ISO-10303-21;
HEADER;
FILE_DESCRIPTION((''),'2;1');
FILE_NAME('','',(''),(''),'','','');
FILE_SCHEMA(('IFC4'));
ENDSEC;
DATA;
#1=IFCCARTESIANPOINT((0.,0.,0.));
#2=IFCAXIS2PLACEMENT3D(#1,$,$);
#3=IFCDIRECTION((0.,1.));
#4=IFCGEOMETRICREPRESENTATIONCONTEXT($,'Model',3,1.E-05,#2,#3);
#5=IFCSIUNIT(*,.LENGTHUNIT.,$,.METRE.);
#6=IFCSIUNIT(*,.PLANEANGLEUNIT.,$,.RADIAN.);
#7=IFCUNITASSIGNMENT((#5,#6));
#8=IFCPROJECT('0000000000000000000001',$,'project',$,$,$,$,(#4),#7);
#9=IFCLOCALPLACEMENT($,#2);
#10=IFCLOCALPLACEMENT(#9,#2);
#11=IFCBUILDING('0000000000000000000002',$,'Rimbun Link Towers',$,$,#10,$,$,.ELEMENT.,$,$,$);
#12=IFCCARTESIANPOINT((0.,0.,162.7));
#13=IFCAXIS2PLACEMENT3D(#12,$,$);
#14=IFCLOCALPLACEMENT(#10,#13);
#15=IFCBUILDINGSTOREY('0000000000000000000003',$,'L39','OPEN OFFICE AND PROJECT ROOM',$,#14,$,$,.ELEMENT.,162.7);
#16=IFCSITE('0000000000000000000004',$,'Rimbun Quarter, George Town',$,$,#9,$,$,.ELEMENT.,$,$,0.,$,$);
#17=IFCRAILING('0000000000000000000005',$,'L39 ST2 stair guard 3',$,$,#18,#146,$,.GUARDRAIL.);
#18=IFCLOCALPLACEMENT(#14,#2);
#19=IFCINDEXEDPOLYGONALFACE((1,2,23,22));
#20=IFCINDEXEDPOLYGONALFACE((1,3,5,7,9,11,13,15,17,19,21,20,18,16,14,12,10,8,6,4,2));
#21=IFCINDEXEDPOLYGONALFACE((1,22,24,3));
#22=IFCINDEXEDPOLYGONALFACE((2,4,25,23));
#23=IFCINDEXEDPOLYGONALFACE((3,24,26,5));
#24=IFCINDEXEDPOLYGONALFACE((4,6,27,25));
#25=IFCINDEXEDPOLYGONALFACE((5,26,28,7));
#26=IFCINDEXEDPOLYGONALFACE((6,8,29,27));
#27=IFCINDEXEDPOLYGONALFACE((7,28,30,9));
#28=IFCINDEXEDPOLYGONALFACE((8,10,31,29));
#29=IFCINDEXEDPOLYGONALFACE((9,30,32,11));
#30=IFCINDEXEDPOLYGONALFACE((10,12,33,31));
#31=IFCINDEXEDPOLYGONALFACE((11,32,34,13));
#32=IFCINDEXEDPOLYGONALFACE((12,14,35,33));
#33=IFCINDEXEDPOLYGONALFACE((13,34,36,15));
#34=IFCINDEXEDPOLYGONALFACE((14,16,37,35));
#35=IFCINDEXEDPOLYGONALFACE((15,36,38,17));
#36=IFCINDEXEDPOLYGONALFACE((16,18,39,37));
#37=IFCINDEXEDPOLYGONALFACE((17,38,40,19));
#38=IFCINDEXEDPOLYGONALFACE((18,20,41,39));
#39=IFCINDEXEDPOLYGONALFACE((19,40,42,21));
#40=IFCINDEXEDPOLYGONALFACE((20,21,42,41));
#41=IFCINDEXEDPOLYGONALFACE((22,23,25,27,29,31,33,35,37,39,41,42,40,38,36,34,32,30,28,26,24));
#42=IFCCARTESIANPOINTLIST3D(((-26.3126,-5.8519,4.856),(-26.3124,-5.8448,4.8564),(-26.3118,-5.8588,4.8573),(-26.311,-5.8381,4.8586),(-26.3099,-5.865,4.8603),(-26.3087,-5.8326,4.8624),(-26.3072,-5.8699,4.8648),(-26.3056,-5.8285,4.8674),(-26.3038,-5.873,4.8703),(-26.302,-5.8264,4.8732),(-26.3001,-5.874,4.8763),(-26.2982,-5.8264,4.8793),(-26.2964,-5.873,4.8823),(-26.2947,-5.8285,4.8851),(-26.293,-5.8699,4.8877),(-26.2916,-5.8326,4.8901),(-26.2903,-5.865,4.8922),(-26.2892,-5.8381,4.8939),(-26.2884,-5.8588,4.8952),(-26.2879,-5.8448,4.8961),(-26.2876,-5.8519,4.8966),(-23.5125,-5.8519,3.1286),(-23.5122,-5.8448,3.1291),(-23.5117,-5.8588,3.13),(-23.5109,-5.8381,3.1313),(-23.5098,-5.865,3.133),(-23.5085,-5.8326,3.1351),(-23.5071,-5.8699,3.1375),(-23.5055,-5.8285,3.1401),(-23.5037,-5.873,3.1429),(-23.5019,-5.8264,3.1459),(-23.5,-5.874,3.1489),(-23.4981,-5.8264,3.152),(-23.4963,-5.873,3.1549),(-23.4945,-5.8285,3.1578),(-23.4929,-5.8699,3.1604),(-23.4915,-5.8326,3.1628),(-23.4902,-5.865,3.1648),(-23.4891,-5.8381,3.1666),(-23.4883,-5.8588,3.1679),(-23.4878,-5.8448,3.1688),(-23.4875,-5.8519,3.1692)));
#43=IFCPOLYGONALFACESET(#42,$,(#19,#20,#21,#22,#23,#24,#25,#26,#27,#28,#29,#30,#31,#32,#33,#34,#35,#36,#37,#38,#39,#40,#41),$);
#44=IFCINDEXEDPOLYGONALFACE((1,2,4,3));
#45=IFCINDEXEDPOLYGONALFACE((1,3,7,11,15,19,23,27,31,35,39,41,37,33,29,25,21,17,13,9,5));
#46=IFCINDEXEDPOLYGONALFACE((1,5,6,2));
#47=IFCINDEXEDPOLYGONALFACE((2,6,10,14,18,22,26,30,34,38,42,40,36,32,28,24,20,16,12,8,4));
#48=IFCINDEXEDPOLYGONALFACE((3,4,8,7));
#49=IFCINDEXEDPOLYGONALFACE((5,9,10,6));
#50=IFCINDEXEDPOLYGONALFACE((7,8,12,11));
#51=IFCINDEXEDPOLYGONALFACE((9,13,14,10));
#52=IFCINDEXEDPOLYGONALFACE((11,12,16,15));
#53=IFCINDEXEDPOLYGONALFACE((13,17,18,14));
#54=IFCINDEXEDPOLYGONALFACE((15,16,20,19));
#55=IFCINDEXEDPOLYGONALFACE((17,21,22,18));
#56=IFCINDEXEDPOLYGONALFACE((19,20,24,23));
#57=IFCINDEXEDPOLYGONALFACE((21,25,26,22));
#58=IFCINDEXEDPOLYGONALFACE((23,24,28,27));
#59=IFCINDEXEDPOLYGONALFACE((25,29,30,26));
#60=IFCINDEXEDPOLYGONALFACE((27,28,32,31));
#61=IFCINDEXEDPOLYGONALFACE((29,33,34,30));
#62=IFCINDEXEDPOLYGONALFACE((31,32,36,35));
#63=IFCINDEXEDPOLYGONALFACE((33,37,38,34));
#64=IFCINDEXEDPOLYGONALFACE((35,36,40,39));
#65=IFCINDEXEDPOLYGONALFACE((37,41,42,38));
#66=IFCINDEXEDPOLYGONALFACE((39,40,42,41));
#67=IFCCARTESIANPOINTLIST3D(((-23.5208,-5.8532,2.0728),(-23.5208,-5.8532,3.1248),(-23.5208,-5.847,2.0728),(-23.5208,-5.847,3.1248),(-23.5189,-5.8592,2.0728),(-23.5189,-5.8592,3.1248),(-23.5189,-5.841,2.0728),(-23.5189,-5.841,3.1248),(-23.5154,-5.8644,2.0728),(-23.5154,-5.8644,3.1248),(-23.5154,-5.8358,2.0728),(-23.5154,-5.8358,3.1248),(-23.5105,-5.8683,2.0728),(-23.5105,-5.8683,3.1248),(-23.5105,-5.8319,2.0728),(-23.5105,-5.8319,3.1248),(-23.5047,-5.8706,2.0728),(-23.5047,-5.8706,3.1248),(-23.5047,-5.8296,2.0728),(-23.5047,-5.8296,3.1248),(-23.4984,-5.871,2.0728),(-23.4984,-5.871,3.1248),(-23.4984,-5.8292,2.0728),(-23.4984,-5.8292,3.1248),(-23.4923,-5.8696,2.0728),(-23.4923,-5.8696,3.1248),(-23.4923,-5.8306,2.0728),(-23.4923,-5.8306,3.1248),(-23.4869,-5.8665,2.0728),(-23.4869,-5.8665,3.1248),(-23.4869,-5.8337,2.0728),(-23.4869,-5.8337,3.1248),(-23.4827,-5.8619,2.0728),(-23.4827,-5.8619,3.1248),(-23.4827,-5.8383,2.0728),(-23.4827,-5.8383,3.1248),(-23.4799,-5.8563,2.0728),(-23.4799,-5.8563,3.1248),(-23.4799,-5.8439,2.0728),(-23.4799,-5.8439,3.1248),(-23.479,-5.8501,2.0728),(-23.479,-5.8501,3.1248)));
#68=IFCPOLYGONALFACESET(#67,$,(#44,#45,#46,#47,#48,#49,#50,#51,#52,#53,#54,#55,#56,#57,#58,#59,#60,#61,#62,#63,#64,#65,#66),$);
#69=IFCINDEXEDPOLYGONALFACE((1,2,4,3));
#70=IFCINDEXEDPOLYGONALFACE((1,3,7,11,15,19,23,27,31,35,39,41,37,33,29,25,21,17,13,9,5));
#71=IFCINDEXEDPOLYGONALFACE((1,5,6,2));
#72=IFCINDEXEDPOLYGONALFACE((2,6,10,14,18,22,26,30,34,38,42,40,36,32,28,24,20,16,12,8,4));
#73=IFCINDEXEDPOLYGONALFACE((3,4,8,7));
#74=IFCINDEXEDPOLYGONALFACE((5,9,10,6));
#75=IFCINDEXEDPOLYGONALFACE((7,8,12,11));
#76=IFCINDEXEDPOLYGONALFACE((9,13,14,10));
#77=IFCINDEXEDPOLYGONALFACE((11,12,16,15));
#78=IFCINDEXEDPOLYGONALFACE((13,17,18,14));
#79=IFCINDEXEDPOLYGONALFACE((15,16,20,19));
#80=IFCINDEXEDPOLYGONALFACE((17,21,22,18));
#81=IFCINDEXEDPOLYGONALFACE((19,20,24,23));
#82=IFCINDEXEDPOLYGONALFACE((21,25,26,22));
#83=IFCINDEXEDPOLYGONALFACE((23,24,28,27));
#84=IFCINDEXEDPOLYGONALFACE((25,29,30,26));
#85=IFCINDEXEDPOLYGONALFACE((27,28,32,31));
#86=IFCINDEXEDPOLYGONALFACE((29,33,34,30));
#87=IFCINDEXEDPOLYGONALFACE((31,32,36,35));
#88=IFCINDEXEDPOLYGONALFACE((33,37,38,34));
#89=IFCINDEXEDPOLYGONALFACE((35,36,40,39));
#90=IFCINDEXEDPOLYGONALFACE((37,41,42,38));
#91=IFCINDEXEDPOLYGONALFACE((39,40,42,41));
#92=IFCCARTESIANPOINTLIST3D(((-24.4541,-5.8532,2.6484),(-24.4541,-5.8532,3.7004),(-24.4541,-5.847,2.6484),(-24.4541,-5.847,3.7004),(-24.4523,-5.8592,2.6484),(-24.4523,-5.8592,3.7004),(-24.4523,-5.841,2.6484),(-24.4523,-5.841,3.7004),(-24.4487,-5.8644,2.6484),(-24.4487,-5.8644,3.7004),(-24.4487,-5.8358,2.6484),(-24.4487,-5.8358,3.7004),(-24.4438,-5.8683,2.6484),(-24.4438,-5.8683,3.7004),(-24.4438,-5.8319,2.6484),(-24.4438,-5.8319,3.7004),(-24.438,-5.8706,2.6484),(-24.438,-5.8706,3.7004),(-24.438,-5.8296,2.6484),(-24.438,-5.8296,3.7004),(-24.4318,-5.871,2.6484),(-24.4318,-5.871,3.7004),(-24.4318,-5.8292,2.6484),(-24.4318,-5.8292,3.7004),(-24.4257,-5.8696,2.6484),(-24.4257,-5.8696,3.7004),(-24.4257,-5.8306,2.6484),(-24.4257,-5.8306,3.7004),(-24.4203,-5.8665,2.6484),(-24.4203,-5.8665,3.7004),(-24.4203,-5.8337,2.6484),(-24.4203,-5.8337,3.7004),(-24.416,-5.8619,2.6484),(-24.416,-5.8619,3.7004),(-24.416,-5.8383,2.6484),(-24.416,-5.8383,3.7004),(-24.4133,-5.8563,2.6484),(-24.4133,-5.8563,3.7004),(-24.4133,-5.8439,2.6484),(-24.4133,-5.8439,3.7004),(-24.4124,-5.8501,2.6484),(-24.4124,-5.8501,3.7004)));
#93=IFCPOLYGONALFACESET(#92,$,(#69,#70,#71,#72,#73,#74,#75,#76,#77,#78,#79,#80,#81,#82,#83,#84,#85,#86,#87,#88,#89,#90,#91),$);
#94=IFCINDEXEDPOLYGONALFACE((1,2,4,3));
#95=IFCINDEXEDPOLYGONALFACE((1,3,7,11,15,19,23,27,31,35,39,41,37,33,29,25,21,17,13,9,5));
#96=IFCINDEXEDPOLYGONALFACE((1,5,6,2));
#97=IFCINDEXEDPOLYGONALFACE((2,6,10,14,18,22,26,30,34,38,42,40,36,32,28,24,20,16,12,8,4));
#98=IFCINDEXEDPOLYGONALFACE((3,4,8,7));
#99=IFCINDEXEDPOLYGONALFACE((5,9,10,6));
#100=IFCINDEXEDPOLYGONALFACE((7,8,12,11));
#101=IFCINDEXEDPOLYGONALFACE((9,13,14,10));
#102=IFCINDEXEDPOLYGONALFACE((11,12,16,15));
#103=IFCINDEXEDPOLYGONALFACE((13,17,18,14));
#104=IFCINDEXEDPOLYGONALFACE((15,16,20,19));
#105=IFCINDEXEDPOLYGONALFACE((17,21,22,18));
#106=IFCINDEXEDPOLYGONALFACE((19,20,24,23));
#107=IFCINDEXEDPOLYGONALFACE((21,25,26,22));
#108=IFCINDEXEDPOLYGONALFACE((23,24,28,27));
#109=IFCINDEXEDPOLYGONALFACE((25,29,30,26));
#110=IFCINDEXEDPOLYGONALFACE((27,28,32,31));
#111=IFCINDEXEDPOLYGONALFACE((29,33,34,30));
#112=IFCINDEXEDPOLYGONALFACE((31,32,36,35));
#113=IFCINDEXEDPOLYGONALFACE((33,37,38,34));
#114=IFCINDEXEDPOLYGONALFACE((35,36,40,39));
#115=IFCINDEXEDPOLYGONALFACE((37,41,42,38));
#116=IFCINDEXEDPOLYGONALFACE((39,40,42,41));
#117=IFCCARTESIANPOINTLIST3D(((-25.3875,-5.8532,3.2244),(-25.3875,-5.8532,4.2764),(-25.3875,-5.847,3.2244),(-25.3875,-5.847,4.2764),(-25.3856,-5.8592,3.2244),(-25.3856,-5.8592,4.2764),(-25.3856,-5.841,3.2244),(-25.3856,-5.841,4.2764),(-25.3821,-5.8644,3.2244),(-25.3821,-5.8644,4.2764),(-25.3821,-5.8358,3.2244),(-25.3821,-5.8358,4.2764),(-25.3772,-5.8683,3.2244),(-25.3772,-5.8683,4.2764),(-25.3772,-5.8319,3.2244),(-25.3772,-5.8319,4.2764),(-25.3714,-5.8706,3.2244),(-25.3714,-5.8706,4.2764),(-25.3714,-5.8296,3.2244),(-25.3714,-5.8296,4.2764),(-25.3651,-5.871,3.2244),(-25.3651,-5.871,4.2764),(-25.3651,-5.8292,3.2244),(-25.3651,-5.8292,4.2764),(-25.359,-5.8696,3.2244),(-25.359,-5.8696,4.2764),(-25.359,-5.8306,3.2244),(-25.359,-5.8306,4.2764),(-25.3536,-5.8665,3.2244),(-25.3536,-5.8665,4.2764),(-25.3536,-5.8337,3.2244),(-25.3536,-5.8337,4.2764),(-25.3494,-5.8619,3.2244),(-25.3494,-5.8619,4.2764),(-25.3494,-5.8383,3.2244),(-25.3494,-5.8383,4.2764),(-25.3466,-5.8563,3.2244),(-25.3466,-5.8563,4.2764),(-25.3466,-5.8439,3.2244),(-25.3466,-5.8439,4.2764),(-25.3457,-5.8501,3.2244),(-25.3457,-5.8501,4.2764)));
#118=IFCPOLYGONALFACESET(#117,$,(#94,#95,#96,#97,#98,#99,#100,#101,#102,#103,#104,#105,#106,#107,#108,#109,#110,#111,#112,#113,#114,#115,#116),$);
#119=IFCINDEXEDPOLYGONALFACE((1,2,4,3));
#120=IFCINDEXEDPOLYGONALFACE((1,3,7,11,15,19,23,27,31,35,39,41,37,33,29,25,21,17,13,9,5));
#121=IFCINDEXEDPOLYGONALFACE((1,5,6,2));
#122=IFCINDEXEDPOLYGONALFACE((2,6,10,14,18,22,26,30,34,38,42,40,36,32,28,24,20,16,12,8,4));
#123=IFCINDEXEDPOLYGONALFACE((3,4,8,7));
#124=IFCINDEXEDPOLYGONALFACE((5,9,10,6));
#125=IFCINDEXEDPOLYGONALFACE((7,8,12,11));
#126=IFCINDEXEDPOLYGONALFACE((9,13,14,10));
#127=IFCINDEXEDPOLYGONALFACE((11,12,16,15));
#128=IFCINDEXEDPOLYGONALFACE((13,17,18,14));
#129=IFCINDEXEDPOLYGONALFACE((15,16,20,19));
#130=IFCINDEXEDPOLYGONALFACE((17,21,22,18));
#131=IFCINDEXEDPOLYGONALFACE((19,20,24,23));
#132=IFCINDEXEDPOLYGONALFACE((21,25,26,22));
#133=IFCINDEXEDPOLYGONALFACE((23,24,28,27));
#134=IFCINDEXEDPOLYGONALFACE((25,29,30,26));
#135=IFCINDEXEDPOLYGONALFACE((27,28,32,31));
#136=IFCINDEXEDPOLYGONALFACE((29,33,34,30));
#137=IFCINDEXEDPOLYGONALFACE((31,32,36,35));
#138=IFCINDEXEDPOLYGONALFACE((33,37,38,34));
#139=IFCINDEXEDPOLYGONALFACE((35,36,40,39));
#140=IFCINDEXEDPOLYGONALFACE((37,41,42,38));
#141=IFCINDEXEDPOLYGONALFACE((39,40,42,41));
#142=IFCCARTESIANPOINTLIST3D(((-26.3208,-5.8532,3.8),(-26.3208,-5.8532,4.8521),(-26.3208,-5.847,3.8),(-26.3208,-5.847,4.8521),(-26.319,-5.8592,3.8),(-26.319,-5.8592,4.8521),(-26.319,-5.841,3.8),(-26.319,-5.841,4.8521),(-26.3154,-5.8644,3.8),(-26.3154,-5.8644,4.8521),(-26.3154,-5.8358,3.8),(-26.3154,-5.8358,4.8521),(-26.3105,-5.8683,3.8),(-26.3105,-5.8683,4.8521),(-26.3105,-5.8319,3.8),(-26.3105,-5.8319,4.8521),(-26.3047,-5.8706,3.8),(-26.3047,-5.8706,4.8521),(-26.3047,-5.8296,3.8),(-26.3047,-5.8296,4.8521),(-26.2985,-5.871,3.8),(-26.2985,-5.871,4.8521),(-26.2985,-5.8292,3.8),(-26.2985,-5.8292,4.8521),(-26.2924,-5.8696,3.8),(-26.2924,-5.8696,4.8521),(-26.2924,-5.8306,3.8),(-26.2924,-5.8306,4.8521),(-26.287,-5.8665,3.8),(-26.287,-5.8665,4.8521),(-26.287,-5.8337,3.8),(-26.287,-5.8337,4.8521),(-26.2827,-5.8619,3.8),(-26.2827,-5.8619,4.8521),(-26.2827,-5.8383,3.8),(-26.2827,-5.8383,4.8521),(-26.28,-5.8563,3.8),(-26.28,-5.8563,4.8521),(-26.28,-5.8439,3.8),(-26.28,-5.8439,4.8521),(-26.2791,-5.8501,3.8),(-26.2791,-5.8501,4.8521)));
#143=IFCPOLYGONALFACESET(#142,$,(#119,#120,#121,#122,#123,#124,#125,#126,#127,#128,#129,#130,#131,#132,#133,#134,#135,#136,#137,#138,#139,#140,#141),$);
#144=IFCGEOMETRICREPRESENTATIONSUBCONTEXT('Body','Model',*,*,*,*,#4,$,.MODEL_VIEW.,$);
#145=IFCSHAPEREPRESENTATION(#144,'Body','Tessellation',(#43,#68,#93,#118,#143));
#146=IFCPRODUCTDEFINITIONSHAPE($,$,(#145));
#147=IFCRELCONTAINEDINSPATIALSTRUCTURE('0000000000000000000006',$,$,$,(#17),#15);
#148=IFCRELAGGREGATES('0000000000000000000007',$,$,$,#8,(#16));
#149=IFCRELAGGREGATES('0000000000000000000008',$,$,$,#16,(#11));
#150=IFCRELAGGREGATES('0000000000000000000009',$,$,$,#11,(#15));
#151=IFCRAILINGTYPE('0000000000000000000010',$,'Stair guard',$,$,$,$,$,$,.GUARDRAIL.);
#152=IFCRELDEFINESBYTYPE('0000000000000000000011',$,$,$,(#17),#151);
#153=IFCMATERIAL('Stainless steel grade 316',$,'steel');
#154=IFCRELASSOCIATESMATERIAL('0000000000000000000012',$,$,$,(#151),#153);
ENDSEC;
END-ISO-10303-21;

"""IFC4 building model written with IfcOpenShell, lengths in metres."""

from ifc_helpers import new_model, si_unit, direction, frame, origin, origin_2d, place, context, subcontext, project, spatial, circle, extrude, material, type_object, element, save


model = new_model("IFC4")

# Units and contexts
model_context = context("Model", 3, precision=1e-05, world=origin(), true_north=direction((0.0, 1.0)))
body_context = subcontext(model_context, "Body", "Model", "MODEL_VIEW")
ifc_project = project(units=[si_unit("LENGTHUNIT", "METRE"), si_unit("PLANEANGLEUNIT", "RADIAN")], contexts=[model_context])

# Site, building, storey
site_placement = place(None, origin())
site = spatial("IfcSite", under=ifc_project, at=site_placement, Name="Rimbun Quarter, George Town", CompositionType="ELEMENT", RefElevation=0.0)
building_placement = place(site_placement, origin())
building = spatial("IfcBuilding", under=site, at=building_placement, Name="Rimbun Link Towers", CompositionType="ELEMENT")
storey_placement = place(building_placement, frame((0.0, 0.0, 162.7)))
storey = spatial("IfcBuildingStorey", under=building, at=storey_placement, Name="L39", Description="OPEN OFFICE AND PROJECT ROOM", CompositionType="ELEMENT", Elevation=162.7)

# Railing
ifc_material_1 = material(Name="Stainless steel grade 316", Category="steel")
railing_type_1 = type_object("IfcRailingType", Name="Stair guard", PredefinedType="GUARDRAIL", material=ifc_material_1)
railing_1_placement = place(storey_placement, frame((-23.5, -5.8501, 2.0728)))
element("IfcRailing", 1, at=railing_1_placement, inside=storey, type_object=railing_type_1, Name="L39 ST2 stair guard 3", PredefinedType="GUARDRAIL", context=body_context, shape_type="SweptSolid", body=[
    extrude(circle(Radius=0.0239, at=origin_2d()), frame((0.0, 0.0, 1.0762), z_axis=(-0.85109, 0.0, 0.52502), x_axis=(0.0, -1.0, 0.0)), (0.0, 0.0, 1.0), 3.29),
    extrude(circle(Radius=0.021, at=origin_2d()), origin(), (0.0, 0.0, 1.0), 1.052),
    extrude(circle(Radius=0.021, at=origin_2d()), frame((-0.9333, 0.0, 0.5757)), (0.0, 0.0, 1.0), 1.052),
    extrude(circle(Radius=0.021, at=origin_2d()), frame((-1.8667, 0.0, 1.1516)), (0.0, 0.0, 1.0), 1.052),
    extrude(circle(Radius=0.021, at=origin_2d()), frame((-2.8, 0.0, 1.7273)), (0.0, 0.0, 1.0), 1.052),
])

save(model, "model.ifc")
